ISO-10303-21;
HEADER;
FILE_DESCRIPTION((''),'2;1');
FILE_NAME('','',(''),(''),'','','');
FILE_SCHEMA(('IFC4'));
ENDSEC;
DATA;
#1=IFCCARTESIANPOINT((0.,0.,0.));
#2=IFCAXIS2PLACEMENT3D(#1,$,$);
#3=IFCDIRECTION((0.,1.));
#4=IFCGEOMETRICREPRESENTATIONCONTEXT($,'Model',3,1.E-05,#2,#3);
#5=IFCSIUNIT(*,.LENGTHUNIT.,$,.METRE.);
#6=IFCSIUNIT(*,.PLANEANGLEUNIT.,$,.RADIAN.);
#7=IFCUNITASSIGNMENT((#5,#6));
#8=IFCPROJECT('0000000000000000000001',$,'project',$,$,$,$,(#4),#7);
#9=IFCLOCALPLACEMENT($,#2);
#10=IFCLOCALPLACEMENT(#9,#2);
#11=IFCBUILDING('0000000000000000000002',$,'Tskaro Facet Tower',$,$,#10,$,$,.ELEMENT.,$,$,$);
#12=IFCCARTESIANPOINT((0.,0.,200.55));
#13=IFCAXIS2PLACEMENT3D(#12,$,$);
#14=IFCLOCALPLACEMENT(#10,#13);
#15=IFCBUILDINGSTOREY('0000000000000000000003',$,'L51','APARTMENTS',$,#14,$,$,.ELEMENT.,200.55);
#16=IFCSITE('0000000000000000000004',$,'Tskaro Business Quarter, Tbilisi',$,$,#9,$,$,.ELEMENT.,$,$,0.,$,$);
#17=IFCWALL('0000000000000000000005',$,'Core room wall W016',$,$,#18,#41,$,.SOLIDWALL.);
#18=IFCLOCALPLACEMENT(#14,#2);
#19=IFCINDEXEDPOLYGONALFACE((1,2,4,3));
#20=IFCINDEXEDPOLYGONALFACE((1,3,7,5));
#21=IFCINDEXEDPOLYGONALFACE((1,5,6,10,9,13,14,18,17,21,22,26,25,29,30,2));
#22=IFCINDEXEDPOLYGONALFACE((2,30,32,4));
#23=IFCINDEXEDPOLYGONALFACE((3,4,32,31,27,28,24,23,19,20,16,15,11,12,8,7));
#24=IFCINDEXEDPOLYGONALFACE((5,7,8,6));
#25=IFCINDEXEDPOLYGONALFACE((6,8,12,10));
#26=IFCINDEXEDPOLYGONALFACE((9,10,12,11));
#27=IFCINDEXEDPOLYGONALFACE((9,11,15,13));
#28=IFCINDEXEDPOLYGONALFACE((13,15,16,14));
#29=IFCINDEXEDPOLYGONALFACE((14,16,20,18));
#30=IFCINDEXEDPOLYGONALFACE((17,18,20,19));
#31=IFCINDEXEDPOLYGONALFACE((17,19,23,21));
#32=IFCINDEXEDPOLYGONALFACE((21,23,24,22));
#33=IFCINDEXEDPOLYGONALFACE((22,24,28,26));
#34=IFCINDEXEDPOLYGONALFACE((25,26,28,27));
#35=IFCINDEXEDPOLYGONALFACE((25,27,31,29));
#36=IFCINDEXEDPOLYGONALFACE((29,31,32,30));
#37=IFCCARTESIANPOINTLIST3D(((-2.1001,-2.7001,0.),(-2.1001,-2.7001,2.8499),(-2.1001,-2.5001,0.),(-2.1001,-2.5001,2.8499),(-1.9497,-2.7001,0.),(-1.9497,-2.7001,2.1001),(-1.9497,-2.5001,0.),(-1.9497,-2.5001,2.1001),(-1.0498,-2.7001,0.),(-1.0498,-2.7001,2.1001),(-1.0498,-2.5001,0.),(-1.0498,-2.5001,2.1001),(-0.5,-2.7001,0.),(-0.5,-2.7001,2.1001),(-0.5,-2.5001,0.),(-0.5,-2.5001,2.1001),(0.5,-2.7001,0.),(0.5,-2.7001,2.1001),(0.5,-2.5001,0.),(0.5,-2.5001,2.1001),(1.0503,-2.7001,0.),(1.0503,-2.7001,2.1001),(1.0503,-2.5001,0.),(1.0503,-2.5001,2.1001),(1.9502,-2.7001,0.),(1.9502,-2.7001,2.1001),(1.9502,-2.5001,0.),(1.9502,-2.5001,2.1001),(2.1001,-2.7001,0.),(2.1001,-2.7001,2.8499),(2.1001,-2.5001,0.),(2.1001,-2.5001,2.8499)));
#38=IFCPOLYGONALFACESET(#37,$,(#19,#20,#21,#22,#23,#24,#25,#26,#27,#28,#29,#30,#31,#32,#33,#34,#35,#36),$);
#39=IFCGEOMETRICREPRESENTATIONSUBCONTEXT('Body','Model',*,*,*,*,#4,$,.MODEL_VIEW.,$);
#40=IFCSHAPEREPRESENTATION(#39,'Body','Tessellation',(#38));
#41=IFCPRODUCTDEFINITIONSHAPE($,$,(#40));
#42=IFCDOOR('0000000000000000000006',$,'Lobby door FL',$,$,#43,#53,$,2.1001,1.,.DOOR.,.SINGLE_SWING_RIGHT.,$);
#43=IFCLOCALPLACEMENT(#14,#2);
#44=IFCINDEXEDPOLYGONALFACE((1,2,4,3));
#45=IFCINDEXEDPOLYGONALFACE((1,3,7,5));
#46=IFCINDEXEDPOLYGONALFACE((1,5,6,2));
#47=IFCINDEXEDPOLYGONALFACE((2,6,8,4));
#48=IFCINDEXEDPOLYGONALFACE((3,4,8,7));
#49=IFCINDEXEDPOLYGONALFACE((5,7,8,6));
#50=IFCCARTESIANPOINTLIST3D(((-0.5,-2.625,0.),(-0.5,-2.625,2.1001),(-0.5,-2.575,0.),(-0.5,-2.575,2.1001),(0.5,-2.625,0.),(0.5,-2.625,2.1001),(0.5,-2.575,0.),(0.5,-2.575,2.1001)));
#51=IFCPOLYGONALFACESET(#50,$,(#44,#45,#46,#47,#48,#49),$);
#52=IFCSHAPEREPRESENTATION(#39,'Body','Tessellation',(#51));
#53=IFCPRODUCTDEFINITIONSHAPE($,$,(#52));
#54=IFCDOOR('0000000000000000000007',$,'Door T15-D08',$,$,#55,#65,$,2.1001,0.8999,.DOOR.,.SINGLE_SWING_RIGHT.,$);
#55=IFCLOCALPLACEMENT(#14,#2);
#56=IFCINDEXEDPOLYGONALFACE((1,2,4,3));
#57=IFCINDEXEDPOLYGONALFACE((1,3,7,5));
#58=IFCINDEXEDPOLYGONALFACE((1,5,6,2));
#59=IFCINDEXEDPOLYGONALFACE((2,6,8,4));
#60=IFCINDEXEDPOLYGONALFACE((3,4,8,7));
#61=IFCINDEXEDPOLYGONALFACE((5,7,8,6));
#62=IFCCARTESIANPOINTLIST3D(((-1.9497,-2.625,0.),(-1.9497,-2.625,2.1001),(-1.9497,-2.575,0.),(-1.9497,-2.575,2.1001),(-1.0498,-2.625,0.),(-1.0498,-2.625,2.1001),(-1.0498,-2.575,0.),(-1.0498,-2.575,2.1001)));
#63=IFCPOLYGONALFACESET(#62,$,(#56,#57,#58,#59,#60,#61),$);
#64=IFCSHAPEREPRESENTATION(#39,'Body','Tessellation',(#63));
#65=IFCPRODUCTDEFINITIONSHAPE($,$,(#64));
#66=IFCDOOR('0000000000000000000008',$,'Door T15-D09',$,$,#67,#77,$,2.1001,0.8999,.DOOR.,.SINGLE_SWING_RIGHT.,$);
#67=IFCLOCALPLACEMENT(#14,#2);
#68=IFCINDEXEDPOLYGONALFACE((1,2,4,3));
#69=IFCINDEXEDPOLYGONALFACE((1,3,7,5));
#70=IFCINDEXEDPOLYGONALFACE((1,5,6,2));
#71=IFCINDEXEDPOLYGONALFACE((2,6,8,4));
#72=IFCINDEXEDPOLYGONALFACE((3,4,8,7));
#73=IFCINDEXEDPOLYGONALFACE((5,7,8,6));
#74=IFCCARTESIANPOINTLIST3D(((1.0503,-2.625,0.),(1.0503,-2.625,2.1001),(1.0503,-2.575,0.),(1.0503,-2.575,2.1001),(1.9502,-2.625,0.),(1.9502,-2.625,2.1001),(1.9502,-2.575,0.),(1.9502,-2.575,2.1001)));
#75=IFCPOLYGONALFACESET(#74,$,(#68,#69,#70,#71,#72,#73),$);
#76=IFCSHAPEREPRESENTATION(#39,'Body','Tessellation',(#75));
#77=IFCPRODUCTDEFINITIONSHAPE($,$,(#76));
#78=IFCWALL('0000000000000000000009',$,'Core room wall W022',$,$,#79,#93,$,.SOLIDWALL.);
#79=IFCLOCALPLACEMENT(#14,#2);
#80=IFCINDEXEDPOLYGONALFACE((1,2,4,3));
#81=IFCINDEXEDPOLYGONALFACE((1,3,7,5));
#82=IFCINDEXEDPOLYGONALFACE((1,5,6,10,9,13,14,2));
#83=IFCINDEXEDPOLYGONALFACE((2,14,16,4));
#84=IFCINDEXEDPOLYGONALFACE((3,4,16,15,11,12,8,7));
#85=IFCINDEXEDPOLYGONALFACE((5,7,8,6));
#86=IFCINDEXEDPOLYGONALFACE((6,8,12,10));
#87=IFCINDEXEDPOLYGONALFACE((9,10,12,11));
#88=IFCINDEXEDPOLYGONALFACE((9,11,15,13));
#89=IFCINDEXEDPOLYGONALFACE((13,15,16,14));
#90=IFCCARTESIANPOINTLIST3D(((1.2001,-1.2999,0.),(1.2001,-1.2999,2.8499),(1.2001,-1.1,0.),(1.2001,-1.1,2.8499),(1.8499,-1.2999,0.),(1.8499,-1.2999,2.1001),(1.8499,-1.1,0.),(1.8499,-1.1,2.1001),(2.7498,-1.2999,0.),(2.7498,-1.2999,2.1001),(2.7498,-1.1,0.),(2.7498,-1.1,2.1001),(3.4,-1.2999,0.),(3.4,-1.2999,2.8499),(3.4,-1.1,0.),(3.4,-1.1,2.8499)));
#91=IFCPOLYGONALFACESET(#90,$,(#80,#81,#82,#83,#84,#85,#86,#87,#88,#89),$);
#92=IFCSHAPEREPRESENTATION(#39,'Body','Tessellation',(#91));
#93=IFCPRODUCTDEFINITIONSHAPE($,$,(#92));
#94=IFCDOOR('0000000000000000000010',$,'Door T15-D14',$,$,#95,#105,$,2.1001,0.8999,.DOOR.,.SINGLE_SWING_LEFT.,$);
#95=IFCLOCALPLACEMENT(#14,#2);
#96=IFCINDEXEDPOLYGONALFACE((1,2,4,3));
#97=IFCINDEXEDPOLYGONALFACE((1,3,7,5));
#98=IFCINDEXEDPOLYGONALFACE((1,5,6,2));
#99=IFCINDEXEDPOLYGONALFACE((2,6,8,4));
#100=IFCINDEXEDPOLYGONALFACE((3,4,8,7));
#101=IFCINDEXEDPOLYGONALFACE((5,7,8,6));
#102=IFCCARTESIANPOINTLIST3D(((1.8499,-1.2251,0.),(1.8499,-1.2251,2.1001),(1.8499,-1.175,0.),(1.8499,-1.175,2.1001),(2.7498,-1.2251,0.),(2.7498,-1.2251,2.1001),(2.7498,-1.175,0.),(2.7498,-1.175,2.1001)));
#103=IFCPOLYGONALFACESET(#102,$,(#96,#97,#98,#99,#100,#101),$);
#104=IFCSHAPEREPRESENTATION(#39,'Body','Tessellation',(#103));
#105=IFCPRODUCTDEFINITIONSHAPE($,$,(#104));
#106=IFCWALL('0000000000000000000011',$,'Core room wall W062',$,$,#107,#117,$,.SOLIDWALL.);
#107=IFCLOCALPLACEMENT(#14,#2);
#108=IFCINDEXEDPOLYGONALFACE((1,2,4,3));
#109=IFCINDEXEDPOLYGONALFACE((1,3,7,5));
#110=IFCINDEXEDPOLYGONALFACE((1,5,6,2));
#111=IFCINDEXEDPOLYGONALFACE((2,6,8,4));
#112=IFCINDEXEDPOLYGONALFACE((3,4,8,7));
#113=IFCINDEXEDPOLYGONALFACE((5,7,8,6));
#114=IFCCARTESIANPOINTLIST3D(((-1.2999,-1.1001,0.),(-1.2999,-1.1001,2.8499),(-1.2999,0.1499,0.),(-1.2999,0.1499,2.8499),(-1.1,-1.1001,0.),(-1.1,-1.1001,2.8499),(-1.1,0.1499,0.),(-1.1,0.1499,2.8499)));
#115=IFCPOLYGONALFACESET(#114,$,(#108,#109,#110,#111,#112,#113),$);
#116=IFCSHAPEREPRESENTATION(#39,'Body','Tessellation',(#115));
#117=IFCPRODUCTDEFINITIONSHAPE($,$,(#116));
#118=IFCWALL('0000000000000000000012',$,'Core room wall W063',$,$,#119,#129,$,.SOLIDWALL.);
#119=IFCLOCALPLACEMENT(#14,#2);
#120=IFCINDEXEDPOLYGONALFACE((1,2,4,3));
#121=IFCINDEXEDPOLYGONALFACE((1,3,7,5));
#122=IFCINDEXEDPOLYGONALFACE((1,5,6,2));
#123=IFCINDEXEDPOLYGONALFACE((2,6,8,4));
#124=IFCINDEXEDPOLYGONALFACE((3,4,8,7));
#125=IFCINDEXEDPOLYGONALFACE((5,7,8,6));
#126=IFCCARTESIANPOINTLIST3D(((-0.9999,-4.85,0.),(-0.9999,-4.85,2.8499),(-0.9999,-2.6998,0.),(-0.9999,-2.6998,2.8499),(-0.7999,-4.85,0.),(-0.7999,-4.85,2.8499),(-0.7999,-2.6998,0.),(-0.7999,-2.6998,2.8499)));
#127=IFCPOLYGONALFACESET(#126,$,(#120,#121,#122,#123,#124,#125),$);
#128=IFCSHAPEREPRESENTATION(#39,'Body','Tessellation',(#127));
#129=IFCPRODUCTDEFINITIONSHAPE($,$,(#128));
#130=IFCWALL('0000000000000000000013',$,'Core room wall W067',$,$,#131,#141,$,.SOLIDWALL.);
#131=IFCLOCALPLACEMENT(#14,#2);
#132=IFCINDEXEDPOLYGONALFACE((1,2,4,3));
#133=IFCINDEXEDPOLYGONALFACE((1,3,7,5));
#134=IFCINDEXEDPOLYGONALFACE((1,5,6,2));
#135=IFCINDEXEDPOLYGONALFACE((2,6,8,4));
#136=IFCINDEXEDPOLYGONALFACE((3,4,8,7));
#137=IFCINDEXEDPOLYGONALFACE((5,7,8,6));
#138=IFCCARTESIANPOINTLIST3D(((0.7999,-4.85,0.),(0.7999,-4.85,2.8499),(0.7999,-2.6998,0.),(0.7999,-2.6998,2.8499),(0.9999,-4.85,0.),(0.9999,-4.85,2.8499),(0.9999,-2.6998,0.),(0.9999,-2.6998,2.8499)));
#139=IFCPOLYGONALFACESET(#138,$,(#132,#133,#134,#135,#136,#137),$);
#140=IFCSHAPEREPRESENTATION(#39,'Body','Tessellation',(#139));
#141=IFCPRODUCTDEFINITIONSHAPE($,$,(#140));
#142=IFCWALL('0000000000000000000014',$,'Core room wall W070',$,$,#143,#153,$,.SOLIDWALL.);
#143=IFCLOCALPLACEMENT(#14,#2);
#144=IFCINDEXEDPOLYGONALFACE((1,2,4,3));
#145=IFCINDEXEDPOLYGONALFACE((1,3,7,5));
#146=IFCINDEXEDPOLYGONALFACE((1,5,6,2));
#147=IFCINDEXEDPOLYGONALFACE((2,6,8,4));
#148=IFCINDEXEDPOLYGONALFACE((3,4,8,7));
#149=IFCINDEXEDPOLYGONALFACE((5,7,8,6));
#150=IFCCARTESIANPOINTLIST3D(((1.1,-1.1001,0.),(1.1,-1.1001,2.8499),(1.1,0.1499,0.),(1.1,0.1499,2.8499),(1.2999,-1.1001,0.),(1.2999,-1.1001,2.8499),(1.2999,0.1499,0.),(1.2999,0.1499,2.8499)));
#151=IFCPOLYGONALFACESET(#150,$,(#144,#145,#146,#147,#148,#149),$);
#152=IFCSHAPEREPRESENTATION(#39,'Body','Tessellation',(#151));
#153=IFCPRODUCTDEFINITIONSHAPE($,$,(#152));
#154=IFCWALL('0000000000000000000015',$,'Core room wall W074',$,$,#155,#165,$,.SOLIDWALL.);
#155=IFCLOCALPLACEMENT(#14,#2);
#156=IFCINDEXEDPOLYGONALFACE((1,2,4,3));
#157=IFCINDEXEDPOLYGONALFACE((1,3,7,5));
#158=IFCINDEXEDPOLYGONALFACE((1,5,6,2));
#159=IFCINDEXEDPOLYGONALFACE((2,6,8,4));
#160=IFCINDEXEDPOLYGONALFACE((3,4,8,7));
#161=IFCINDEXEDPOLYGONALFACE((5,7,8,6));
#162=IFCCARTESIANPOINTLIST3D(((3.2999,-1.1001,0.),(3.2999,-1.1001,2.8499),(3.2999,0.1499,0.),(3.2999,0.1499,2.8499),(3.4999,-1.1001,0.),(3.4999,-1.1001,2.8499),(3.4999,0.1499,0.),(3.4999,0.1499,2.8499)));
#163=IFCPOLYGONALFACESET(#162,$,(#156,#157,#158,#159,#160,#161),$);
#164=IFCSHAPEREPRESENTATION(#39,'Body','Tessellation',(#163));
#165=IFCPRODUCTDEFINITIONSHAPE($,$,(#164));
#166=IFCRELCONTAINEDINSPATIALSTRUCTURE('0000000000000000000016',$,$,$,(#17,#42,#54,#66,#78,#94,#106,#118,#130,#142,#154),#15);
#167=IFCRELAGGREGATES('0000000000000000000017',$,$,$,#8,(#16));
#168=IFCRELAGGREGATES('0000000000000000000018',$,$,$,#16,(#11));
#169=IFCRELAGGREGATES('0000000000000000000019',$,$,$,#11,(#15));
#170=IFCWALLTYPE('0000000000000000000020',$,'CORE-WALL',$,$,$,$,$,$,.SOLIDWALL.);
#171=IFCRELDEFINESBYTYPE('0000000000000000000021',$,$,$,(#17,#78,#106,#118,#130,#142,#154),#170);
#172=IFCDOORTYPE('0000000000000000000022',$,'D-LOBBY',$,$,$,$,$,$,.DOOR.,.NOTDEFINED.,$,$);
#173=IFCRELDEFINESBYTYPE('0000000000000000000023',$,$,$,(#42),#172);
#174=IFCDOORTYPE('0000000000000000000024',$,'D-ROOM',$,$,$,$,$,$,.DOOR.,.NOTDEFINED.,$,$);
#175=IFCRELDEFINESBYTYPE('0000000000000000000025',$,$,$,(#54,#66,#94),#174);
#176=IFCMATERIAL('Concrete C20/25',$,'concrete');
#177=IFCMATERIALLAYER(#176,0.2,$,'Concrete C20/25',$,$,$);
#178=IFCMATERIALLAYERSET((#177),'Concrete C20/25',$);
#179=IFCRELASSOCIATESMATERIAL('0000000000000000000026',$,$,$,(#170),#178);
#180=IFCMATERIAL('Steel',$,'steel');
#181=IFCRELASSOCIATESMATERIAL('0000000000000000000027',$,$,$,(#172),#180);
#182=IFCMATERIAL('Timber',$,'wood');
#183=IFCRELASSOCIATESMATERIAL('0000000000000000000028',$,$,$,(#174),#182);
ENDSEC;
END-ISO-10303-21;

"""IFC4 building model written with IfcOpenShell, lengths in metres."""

from ifc_helpers import new_model, si_unit, direction, frame, frame_2d, origin, place, context, subcontext, project, spatial, rectangle, extrude, material, layer, layer_set, type_object, element, fill, save


model = new_model("IFC4")

# Units and contexts
model_context = context("Model", 3, precision=1e-05, world=origin(), true_north=direction((0.0, 1.0)))
body_context = subcontext(model_context, "Body", "Model", "MODEL_VIEW")
ifc_project = project(units=[si_unit("LENGTHUNIT", "METRE"), si_unit("PLANEANGLEUNIT", "RADIAN")], contexts=[model_context])

# Site, building, storey
site_placement = place(None, origin())
site = spatial("IfcSite", under=ifc_project, at=site_placement, Name="Tskaro Business Quarter, Tbilisi", CompositionType="ELEMENT", RefElevation=0.0)
building_placement = place(site_placement, origin())
building = spatial("IfcBuilding", under=site, at=building_placement, Name="Tskaro Facet Tower", CompositionType="ELEMENT")
storey_placement = place(building_placement, frame((0.0, 0.0, 200.55)))
storey = spatial("IfcBuildingStorey", under=building, at=storey_placement, Name="L51", Description="APARTMENTS", CompositionType="ELEMENT", Elevation=200.55)

# Shared definitions
ifc_material_1 = material(Name="Steel", Category="steel")

# Shared definitions
ifc_material_2 = material(Name="Concrete C20/25", Category="concrete")
ifc_layer_1 = layer(ifc_material_2, 0.2, Name="Concrete C20/25")
ifc_layer_set_1 = layer_set([ifc_layer_1], Name="Concrete C20/25")
wall_type_1 = type_object("IfcWallType", Name="CORE-WALL", PredefinedType="SOLIDWALL", material=ifc_layer_set_1)

# Wall, openings, doors
wall_1_placement = place(storey_placement, frame((2.1001, -2.6001, 0.0), z_axis=(0.0, 0.0, 1.0), x_axis=(-1.0, 0.0, 0.0)))
wall_1 = element("IfcWall", 1, at=wall_1_placement, inside=storey, type_object=wall_type_1, Name="Core room wall W016", PredefinedType="SOLIDWALL", context=body_context, shape_type="SweptSolid", body=[
    extrude(rectangle(XDim=4.2002, YDim=0.2, at=frame_2d((2.1001, 0.0))), origin(), (0.0, 0.0, 1.0), 2.8499),
])
opening_1_placement = place(wall_1_placement, frame((1.6001, 0.0, 0.0)))
opening_1 = element("IfcOpeningElement", 2, at=opening_1_placement, cuts=wall_1, PredefinedType="OPENING", context=body_context, shape_type="SweptSolid", body=[
    extrude(rectangle(XDim=1.0, YDim=2.1001, at=frame_2d((0.5, 1.05))), frame((0.0, 0.1099, 0.0), z_axis=(0.0, -1.0, 0.0), x_axis=(1.0, 0.0, 0.0)), (0.0, 0.0, 1.0), 0.22),
])
opening_2_placement = place(wall_1_placement, frame((3.1499, 0.0, 0.0)))
opening_2 = element("IfcOpeningElement", 3, at=opening_2_placement, cuts=wall_1, PredefinedType="OPENING", context=body_context, shape_type="SweptSolid", body=[
    extrude(rectangle(XDim=0.8999, YDim=2.1001, at=frame_2d((0.45, 1.05))), frame((0.0, 0.1099, 0.0), z_axis=(0.0, -1.0, 0.0), x_axis=(1.0, 0.0, 0.0)), (0.0, 0.0, 1.0), 0.22),
])
opening_3_placement = place(wall_1_placement, frame((0.1499, 0.0, 0.0)))
opening_3 = element("IfcOpeningElement", 4, at=opening_3_placement, cuts=wall_1, PredefinedType="OPENING", context=body_context, shape_type="SweptSolid", body=[
    extrude(rectangle(XDim=0.8999, YDim=2.1001, at=frame_2d((0.45, 1.05))), frame((0.0, 0.1099, 0.0), z_axis=(0.0, -1.0, 0.0), x_axis=(1.0, 0.0, 0.0)), (0.0, 0.0, 1.0), 0.22),
])
door_type_1 = type_object("IfcDoorType", Name="D-LOBBY", OperationType="NOTDEFINED", PredefinedType="DOOR", material=ifc_material_1)
door_1_placement = place(opening_1_placement, origin())
door_1 = element("IfcDoor", 5, at=door_1_placement, inside=storey, type_object=door_type_1, Name="Lobby door FL", OperationType="SINGLE_SWING_RIGHT", OverallHeight=2.1001, OverallWidth=1.0, PredefinedType="DOOR", context=body_context, shape_type="SweptSolid", body=[
    extrude(rectangle(XDim=1.0, YDim=2.1001, at=frame_2d((0.5, 1.05))), frame((0.0, 0.0249, 0.0), z_axis=(0.0, -1.0, 0.0), x_axis=(1.0, 0.0, 0.0)), (0.0, 0.0, 1.0), 0.05),
])
fill(opening_1, door_1)
ifc_material_3 = material(Name="Timber", Category="wood")
door_type_2 = type_object("IfcDoorType", Name="D-ROOM", OperationType="NOTDEFINED", PredefinedType="DOOR", material=ifc_material_3)
door_2_placement = place(opening_2_placement, origin())
door_2 = element("IfcDoor", 6, at=door_2_placement, inside=storey, type_object=door_type_2, Name="Door T15-D08", OperationType="SINGLE_SWING_RIGHT", OverallHeight=2.1001, OverallWidth=0.8999, PredefinedType="DOOR", context=body_context, shape_type="SweptSolid", body=[
    extrude(rectangle(XDim=0.8999, YDim=2.1001, at=frame_2d((0.45, 1.05))), frame((0.0, 0.0249, 0.0), z_axis=(0.0, -1.0, 0.0), x_axis=(1.0, 0.0, 0.0)), (0.0, 0.0, 1.0), 0.05),
])
fill(opening_2, door_2)
door_3_placement = place(opening_3_placement, origin())
door_3 = element("IfcDoor", 7, at=door_3_placement, inside=storey, type_object=door_type_2, Name="Door T15-D09", OperationType="SINGLE_SWING_RIGHT", OverallHeight=2.1001, OverallWidth=0.8999, PredefinedType="DOOR", context=body_context, shape_type="SweptSolid", body=[
    extrude(rectangle(XDim=0.8999, YDim=2.1001, at=frame_2d((0.45, 1.05))), frame((0.0, 0.0249, 0.0), z_axis=(0.0, -1.0, 0.0), x_axis=(1.0, 0.0, 0.0)), (0.0, 0.0, 1.0), 0.05),
])
fill(opening_3, door_3)

# Wall, opening, door
wall_2_placement = place(storey_placement, frame((1.2, -1.2, 0.0), z_axis=(0.0, 0.0, 1.0), x_axis=(1.0, 0.0, 0.0)))
wall_2 = element("IfcWall", 8, at=wall_2_placement, inside=storey, type_object=wall_type_1, Name="Core room wall W022", PredefinedType="SOLIDWALL", context=body_context, shape_type="SweptSolid", body=[
    extrude(rectangle(XDim=2.2, YDim=0.2, at=frame_2d((1.1001, 0.0))), origin(), (0.0, 0.0, 1.0), 2.8499),
])
opening_4_placement = place(wall_2_placement, frame((0.6499, 0.0, 0.0)))
opening_4 = element("IfcOpeningElement", 9, at=opening_4_placement, cuts=wall_2, PredefinedType="OPENING", context=body_context, shape_type="SweptSolid", body=[
    extrude(rectangle(XDim=0.8999, YDim=2.1001, at=frame_2d((0.45, 1.05))), frame((0.0, 0.1099, 0.0), z_axis=(0.0, -1.0, 0.0), x_axis=(1.0, 0.0, 0.0)), (0.0, 0.0, 1.0), 0.22),
])
door_4_placement = place(opening_4_placement, origin())
door_4 = element("IfcDoor", 10, at=door_4_placement, inside=storey, type_object=door_type_2, Name="Door T15-D14", OperationType="SINGLE_SWING_LEFT", OverallHeight=2.1001, OverallWidth=0.8999, PredefinedType="DOOR", context=body_context, shape_type="SweptSolid", body=[
    extrude(rectangle(XDim=0.8999, YDim=2.1001, at=frame_2d((0.45, 1.05))), frame((0.0, 0.0249, 0.0), z_axis=(0.0, -1.0, 0.0), x_axis=(1.0, 0.0, 0.0)), (0.0, 0.0, 1.0), 0.05),
])
fill(opening_4, door_4)

# Walls
wall_3_placement = place(storey_placement, frame((-1.2, -1.1001, 0.0), z_axis=(0.0, 0.0, 1.0), x_axis=(0.0, 1.0, 0.0)))
element("IfcWall", 11, at=wall_3_placement, inside=storey, type_object=wall_type_1, Name="Core room wall W062", PredefinedType="SOLIDWALL", context=body_context, shape_type="SweptSolid", body=[
    extrude(rectangle(XDim=1.25, YDim=0.2, at=frame_2d((0.625, 0.0))), origin(), (0.0, 0.0, 1.0), 2.8499),
])
for number, where, z_axis, x_axis, name in (
    (12, (-0.8999, -4.8501, 0.0), (0.0, 0.0, 1.0), (0.0, 1.0, 0.0), "Core room wall W063"),
    (13, (0.8999, -4.8501, 0.0), (0.0, 0.0, 1.0), (0.0, 1.0, 0.0), "Core room wall W067"),
):
    element("IfcWall", number, at=place(storey_placement, frame(where, z_axis=z_axis, x_axis=x_axis)), inside=storey, type_object=wall_type_1, Name=name, PredefinedType="SOLIDWALL", context=body_context, shape_type="SweptSolid", body=[
        extrude(rectangle(XDim=2.1501, YDim=0.2, at=frame_2d((1.0752, 0.0))), origin(), (0.0, 0.0, 1.0), 2.8499),
    ])
for number, where, z_axis, x_axis, name in (
    (14, (1.2, -1.1001, 0.0), (0.0, 0.0, 1.0), (0.0, 1.0, 0.0), "Core room wall W070"),
    (15, (3.3999, -1.1001, 0.0), (0.0, 0.0, 1.0), (0.0, 1.0, 0.0), "Core room wall W074"),
):
    element("IfcWall", number, at=place(storey_placement, frame(where, z_axis=z_axis, x_axis=x_axis)), inside=storey, type_object=wall_type_1, Name=name, PredefinedType="SOLIDWALL", context=body_context, shape_type="SweptSolid", body=[
        extrude(rectangle(XDim=1.25, YDim=0.2, at=frame_2d((0.625, 0.0))), origin(), (0.0, 0.0, 1.0), 2.8499),
    ])

save(model, "model.ifc")
